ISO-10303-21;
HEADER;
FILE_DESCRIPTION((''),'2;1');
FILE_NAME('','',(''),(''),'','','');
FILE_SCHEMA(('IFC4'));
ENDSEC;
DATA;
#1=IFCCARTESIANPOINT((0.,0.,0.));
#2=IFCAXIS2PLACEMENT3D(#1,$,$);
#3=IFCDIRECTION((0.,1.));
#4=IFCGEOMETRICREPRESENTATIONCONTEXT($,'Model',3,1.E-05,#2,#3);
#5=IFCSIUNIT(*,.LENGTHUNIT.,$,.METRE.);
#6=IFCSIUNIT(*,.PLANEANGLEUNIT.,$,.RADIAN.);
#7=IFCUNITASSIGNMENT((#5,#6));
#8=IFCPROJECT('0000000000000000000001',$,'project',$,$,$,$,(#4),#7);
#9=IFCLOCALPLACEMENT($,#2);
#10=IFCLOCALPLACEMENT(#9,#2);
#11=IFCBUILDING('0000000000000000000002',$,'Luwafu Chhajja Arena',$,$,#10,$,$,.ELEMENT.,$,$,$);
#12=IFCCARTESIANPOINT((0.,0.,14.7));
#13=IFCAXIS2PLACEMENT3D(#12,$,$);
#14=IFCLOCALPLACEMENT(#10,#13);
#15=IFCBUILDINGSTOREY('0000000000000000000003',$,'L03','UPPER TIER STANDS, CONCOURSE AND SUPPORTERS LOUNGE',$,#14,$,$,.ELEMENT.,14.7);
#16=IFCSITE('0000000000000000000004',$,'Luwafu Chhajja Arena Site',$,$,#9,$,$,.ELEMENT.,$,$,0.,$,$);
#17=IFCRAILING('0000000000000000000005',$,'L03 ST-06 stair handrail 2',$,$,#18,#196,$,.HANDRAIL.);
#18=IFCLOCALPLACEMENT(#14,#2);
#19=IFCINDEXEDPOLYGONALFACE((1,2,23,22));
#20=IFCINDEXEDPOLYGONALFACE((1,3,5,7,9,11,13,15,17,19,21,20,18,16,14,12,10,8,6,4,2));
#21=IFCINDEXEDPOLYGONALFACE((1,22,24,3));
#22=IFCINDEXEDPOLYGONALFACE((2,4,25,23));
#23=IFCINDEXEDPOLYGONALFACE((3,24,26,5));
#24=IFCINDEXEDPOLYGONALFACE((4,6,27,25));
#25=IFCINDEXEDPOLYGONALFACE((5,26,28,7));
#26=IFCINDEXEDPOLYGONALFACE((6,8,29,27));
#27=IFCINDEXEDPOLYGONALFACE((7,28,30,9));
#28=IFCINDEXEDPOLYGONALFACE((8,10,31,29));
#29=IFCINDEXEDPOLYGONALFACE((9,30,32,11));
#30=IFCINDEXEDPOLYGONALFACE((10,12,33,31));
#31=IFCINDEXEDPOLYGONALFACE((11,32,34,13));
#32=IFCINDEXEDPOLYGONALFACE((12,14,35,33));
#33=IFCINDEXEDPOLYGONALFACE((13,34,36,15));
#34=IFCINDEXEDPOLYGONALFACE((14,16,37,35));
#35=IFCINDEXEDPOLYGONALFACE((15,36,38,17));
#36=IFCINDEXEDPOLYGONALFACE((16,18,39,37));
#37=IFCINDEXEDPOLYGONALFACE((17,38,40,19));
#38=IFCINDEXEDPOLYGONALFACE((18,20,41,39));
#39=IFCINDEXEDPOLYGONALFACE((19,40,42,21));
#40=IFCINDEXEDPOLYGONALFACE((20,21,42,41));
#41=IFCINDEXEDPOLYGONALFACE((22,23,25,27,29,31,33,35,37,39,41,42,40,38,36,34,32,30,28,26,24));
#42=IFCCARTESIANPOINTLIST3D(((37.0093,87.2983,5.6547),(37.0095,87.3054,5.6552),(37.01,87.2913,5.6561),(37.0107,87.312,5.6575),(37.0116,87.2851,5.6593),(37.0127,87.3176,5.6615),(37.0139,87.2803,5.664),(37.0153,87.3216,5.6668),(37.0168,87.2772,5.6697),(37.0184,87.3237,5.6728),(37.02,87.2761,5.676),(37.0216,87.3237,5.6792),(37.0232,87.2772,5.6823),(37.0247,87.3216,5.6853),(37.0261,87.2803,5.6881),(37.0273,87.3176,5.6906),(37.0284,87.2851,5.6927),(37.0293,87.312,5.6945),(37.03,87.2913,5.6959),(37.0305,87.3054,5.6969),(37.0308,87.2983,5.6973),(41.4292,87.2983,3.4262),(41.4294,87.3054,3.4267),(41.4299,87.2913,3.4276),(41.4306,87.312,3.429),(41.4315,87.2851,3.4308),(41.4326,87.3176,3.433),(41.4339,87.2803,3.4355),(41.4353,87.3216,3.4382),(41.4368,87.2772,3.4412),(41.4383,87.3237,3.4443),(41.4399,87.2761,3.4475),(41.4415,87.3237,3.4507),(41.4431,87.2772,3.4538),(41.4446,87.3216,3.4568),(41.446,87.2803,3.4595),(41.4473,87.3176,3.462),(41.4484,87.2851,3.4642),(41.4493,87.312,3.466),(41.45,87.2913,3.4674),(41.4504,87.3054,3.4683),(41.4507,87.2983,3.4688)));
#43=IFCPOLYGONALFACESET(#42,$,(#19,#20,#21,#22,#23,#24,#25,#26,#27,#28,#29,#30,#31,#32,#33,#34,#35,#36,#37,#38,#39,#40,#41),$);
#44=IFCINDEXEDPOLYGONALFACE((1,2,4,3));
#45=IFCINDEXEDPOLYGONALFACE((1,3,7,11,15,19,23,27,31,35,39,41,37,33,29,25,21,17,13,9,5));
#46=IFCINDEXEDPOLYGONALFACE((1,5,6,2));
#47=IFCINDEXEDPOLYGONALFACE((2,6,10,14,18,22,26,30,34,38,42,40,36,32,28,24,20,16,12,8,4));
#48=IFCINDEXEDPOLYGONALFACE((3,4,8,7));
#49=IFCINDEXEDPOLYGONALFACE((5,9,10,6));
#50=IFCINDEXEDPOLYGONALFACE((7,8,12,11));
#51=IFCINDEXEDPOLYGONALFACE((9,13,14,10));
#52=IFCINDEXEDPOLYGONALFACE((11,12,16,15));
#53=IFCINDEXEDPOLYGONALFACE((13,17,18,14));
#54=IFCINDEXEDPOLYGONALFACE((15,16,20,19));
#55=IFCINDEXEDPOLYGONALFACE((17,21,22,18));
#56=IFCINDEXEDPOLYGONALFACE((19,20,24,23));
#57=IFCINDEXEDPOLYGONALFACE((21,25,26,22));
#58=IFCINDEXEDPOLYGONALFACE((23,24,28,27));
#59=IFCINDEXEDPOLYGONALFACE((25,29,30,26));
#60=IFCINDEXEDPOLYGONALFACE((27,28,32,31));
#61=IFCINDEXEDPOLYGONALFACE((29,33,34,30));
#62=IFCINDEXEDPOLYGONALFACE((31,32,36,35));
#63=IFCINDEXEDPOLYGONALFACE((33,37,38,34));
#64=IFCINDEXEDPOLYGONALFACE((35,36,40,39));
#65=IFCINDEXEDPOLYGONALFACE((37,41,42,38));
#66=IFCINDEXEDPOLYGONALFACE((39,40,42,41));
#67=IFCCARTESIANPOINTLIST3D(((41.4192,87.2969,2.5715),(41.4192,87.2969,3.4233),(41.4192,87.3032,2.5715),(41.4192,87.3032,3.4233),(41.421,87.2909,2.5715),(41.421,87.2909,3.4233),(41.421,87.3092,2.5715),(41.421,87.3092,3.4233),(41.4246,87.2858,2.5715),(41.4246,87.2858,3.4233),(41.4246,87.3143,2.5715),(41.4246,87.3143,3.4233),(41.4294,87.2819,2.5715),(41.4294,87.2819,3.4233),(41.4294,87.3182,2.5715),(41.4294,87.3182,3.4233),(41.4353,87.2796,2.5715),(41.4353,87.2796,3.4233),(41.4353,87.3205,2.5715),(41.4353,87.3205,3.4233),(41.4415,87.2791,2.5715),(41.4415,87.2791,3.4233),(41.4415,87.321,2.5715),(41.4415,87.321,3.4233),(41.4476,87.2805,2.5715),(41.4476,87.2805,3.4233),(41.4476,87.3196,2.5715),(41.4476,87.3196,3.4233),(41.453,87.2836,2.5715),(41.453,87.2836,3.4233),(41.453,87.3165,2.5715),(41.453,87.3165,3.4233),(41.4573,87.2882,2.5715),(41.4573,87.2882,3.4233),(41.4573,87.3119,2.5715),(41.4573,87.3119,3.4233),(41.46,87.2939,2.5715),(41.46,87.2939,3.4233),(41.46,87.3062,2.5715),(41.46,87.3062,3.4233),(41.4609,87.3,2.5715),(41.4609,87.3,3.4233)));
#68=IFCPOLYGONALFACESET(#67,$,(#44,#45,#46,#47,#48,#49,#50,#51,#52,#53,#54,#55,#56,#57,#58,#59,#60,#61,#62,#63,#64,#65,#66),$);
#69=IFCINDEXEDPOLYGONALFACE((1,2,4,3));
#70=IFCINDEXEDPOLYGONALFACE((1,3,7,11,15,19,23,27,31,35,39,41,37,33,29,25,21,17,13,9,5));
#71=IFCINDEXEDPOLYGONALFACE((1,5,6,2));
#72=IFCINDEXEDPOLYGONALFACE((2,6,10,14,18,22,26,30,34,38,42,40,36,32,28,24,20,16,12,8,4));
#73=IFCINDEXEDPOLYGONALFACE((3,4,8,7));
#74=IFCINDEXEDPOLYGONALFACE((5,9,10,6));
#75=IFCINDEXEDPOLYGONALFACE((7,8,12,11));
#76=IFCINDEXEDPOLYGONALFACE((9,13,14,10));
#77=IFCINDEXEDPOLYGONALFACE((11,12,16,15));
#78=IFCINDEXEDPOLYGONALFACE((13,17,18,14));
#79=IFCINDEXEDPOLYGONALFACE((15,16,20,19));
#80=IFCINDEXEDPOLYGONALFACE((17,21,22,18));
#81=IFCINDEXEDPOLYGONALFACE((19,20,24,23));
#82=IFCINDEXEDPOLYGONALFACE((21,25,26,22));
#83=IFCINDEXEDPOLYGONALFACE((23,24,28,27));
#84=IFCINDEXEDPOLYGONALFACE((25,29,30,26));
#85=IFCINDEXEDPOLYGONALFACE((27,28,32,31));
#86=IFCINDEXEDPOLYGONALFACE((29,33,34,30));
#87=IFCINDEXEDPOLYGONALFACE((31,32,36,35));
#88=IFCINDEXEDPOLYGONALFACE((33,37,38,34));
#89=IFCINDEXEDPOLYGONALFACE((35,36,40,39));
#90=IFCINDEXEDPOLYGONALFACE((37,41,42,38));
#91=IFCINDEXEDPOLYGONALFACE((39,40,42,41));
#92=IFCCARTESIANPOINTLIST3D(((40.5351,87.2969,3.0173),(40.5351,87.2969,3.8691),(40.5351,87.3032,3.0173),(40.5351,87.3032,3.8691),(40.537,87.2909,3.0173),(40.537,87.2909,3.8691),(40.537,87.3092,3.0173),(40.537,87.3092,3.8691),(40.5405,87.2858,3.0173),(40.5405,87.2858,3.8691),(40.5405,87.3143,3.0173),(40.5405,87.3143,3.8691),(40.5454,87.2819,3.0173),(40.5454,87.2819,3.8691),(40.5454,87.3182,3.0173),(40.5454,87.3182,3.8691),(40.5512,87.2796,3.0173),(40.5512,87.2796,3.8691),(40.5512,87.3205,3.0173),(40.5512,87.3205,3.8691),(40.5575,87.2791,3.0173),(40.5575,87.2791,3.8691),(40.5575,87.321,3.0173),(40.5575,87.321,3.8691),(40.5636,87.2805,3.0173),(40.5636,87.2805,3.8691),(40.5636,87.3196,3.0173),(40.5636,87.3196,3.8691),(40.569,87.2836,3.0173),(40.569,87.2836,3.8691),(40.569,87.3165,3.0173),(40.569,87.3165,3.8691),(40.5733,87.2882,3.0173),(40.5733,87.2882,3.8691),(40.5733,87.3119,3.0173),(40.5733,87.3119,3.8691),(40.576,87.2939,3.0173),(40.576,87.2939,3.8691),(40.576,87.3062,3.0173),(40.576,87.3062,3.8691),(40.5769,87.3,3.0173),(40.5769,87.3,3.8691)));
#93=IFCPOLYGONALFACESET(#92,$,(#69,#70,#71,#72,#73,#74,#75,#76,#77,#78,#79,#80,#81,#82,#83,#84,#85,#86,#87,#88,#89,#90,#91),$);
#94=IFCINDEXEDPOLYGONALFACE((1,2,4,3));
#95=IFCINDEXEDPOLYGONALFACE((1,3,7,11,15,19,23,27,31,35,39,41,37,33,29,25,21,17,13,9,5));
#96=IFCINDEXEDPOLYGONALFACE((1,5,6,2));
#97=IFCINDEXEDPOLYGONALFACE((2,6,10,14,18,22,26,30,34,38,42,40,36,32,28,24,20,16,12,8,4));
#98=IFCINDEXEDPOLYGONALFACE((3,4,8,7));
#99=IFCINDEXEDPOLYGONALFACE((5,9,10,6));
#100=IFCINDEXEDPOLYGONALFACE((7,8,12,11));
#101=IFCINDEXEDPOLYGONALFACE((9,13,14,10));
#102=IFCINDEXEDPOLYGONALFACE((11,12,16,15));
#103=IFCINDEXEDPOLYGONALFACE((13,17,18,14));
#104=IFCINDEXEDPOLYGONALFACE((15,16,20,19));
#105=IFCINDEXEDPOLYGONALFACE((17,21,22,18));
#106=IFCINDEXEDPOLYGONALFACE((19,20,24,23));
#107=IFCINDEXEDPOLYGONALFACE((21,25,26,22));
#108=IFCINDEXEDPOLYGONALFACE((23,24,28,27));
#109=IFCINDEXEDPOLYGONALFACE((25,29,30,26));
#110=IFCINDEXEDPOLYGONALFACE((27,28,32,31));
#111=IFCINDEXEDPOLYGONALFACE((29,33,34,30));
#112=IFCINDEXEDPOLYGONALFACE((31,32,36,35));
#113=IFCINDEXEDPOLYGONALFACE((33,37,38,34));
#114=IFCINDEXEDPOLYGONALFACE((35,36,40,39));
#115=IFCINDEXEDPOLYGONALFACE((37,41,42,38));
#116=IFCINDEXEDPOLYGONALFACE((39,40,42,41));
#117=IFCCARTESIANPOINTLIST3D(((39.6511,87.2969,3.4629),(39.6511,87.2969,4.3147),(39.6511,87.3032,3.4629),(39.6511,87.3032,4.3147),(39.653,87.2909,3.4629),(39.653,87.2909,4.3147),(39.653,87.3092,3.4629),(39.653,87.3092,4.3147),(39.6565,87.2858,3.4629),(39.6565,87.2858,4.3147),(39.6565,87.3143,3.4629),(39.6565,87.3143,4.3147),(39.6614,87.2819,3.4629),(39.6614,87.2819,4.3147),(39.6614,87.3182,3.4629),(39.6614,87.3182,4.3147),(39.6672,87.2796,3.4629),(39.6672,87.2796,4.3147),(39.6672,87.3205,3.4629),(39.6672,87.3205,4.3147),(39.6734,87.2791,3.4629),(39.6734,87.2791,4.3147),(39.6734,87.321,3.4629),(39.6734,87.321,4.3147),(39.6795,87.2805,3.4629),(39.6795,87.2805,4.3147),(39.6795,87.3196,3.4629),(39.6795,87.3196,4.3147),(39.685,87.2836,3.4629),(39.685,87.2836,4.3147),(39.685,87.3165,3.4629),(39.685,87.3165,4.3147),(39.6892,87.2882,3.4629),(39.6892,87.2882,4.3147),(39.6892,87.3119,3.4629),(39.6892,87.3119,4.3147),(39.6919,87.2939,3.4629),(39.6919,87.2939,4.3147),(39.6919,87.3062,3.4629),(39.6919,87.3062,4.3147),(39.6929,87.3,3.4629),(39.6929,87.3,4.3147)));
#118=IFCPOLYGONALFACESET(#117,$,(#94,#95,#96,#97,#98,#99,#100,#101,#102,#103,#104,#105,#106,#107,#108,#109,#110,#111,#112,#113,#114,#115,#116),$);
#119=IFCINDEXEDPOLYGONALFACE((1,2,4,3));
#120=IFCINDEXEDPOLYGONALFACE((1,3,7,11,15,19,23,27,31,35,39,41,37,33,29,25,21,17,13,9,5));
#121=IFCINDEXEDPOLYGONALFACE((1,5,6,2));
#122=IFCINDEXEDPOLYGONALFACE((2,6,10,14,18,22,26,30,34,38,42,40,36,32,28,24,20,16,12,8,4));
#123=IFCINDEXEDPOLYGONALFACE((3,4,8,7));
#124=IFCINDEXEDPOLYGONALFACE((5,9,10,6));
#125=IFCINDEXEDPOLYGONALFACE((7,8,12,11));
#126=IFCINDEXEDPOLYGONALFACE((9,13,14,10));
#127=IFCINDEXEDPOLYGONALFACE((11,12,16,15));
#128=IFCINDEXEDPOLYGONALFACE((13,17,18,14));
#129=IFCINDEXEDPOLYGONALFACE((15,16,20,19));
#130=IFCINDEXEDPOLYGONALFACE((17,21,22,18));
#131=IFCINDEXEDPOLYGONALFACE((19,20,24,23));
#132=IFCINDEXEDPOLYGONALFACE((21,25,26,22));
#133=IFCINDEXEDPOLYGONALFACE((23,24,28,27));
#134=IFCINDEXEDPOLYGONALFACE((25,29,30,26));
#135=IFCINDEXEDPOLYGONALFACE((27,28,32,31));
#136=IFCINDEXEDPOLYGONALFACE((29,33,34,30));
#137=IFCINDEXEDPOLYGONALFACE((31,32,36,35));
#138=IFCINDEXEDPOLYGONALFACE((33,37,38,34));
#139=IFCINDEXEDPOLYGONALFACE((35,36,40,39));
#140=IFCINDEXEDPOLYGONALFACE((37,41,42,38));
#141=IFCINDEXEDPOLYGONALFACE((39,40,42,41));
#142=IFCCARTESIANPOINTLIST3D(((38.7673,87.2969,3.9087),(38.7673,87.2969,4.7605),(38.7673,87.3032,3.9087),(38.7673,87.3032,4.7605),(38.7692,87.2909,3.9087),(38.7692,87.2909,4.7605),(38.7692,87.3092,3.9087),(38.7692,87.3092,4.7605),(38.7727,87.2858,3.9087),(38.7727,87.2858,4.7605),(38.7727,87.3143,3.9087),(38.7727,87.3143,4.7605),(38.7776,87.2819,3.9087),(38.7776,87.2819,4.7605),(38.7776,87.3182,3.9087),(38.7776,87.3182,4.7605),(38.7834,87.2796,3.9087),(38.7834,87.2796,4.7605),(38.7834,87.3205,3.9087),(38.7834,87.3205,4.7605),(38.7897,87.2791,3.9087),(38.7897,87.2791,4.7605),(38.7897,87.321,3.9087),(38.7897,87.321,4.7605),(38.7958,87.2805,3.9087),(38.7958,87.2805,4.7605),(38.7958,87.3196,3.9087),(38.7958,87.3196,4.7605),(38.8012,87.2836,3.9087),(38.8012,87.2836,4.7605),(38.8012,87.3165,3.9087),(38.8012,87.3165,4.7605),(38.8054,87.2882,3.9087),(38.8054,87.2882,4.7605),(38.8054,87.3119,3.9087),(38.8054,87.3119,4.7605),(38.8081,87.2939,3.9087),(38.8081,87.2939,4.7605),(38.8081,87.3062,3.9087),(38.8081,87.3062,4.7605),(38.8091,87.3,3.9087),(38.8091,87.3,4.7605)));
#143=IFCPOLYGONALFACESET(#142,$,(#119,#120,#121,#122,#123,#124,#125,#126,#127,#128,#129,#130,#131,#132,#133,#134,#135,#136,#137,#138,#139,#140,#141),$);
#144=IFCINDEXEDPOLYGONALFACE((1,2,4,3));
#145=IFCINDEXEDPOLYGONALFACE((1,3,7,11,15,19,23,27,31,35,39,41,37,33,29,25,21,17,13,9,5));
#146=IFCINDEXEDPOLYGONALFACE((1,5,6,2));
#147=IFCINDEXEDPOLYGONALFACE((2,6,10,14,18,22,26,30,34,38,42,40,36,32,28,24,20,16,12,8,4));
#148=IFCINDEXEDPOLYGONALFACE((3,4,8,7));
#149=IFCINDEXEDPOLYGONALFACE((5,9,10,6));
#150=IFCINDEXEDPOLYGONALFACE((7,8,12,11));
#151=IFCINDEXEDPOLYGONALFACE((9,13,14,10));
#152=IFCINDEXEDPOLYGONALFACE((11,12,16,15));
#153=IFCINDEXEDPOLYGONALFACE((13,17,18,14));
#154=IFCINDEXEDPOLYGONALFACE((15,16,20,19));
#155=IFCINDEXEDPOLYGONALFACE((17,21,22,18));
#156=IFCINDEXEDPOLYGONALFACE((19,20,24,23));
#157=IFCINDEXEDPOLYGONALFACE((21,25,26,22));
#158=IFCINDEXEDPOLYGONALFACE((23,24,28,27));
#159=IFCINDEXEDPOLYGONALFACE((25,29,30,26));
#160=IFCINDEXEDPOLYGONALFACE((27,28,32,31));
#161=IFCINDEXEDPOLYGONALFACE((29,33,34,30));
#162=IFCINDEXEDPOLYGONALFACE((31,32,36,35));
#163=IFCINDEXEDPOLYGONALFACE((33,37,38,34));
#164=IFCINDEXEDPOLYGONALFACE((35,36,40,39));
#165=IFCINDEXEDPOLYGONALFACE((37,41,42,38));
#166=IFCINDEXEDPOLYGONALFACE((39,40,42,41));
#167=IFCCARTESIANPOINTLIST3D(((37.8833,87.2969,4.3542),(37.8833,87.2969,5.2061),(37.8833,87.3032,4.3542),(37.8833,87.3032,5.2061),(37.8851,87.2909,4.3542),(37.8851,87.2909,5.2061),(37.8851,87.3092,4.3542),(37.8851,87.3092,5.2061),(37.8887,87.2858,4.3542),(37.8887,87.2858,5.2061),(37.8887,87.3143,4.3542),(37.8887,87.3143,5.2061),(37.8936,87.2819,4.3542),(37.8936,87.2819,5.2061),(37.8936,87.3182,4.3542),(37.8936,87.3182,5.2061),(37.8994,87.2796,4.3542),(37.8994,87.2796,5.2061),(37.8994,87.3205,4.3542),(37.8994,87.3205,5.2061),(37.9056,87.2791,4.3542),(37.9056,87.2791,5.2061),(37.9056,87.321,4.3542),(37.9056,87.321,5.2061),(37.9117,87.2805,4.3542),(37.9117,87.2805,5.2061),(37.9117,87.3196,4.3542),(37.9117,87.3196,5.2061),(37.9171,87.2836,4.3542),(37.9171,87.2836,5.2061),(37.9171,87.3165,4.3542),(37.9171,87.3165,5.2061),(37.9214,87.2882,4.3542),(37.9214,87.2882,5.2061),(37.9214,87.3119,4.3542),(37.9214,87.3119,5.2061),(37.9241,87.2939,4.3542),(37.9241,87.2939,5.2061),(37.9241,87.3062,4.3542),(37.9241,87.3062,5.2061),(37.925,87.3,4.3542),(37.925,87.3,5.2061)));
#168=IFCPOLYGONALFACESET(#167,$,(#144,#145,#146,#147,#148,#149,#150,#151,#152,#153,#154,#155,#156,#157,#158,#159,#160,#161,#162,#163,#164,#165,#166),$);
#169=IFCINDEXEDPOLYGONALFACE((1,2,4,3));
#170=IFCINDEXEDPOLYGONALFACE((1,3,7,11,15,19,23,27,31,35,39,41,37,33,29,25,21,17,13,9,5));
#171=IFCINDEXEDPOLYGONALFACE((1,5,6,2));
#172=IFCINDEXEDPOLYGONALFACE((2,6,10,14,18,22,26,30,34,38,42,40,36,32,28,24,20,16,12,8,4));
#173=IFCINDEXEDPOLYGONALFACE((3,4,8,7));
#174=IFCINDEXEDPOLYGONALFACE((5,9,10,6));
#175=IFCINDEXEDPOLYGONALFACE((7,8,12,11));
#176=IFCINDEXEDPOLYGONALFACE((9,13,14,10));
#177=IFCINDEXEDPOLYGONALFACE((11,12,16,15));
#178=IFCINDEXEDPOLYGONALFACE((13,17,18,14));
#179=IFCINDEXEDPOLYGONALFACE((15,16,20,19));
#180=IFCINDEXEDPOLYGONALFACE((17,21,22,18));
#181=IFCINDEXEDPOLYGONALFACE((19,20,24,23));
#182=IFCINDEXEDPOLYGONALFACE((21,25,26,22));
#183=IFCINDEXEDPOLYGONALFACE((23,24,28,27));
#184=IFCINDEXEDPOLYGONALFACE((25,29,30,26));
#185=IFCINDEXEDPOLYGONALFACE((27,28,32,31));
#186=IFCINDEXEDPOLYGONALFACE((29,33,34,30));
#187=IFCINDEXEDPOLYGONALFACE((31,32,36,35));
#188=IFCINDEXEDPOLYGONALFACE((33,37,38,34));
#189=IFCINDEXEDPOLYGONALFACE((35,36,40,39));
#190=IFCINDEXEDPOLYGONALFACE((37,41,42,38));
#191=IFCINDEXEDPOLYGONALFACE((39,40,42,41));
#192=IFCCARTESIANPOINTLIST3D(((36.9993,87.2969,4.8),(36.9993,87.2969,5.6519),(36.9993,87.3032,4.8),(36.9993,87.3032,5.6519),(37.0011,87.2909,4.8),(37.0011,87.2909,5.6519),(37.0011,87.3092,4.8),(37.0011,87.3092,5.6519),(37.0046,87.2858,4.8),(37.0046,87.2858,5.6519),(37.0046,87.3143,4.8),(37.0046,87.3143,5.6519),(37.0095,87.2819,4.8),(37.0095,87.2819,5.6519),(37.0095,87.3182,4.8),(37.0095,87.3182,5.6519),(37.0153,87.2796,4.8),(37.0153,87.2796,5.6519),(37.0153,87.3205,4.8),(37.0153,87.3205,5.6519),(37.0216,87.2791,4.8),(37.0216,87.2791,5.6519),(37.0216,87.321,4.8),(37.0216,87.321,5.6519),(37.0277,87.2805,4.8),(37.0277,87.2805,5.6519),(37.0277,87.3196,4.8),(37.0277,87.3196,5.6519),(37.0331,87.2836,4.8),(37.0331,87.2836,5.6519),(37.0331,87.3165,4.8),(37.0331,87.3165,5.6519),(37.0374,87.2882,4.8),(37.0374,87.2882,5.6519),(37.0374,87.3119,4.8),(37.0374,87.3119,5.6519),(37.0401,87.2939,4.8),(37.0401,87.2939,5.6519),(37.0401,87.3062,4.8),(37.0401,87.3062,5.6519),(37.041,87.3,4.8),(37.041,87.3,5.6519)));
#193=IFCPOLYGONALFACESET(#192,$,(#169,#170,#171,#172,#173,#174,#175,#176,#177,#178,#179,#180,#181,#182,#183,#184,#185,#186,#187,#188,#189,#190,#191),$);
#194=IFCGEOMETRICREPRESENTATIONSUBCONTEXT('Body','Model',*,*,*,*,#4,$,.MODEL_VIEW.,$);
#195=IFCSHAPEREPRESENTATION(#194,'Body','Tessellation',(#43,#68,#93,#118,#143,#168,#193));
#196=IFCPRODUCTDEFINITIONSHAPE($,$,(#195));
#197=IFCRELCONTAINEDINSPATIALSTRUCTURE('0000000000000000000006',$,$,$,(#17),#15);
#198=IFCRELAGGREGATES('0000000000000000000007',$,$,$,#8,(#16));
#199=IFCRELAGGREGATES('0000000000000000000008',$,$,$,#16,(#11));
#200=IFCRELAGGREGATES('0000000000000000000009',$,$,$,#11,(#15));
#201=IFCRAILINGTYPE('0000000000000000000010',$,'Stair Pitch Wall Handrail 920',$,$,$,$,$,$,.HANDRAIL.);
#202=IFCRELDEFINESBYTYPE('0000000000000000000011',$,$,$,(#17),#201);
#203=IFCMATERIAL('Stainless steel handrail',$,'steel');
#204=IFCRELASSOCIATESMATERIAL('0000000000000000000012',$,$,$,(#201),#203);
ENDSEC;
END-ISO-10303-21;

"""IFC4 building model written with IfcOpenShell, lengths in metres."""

from ifc_helpers import new_model, si_unit, direction, frame, origin, origin_2d, place, context, subcontext, project, spatial, circle, extrude, material, type_object, element, save


model = new_model("IFC4")

# Units and contexts
model_context = context("Model", 3, precision=1e-05, world=origin(), true_north=direction((0.0, 1.0)))
body_context = subcontext(model_context, "Body", "Model", "MODEL_VIEW")
ifc_project = project(units=[si_unit("LENGTHUNIT", "METRE"), si_unit("PLANEANGLEUNIT", "RADIAN")], contexts=[model_context])

# Site, building, storey
site_placement = place(None, origin())
site = spatial("IfcSite", under=ifc_project, at=site_placement, Name="Luwafu Chhajja Arena Site", CompositionType="ELEMENT", RefElevation=0.0)
building_placement = place(site_placement, origin())
building = spatial("IfcBuilding", under=site, at=building_placement, Name="Luwafu Chhajja Arena", CompositionType="ELEMENT")
storey_placement = place(building_placement, frame((0.0, 0.0, 14.7)))
storey = spatial("IfcBuildingStorey", under=building, at=storey_placement, Name="L03", Description="UPPER TIER STANDS, CONCOURSE AND SUPPORTERS LOUNGE", CompositionType="ELEMENT", Elevation=14.7)

# Railing
ifc_material_1 = material(Name="Stainless steel handrail", Category="steel")
railing_type_1 = type_object("IfcRailingType", Name="Stair Pitch Wall Handrail 920", PredefinedType="HANDRAIL", material=ifc_material_1)
railing_1_placement = place(storey_placement, frame((41.4399, 87.3, 2.5715)))
element("IfcRailing", 1, at=railing_1_placement, inside=storey, type_object=railing_type_1, Name="L03 ST-06 stair handrail 2", PredefinedType="HANDRAIL", context=body_context, shape_type="SweptSolid", body=[
    extrude(circle(Radius=0.0239, at=origin_2d()), frame((0.0, 0.0, 0.876), z_axis=(-0.892923, 0.0, 0.45021), x_axis=(0.0, -1.0, 0.0)), (0.0, 0.0, 1.0), 4.95),
    extrude(circle(Radius=0.021, at=origin_2d()), origin(), (0.0, 0.0, 1.0), 0.8518),
    extrude(circle(Radius=0.021, at=origin_2d()), frame((-0.884, 0.0, 0.4458)), (0.0, 0.0, 1.0), 0.8518),
    extrude(circle(Radius=0.021, at=origin_2d()), frame((-1.7681, 0.0, 0.8914)), (0.0, 0.0, 1.0), 0.8518),
    extrude(circle(Radius=0.021, at=origin_2d()), frame((-2.6519, 0.0, 1.3372)), (0.0, 0.0, 1.0), 0.8518),
    extrude(circle(Radius=0.021, at=origin_2d()), frame((-3.5359, 0.0, 1.7827)), (0.0, 0.0, 1.0), 0.8518),
    extrude(circle(Radius=0.021, at=origin_2d()), frame((-4.4199, 0.0, 2.2285)), (0.0, 0.0, 1.0), 0.8518),
])

save(model, "model.ifc")
